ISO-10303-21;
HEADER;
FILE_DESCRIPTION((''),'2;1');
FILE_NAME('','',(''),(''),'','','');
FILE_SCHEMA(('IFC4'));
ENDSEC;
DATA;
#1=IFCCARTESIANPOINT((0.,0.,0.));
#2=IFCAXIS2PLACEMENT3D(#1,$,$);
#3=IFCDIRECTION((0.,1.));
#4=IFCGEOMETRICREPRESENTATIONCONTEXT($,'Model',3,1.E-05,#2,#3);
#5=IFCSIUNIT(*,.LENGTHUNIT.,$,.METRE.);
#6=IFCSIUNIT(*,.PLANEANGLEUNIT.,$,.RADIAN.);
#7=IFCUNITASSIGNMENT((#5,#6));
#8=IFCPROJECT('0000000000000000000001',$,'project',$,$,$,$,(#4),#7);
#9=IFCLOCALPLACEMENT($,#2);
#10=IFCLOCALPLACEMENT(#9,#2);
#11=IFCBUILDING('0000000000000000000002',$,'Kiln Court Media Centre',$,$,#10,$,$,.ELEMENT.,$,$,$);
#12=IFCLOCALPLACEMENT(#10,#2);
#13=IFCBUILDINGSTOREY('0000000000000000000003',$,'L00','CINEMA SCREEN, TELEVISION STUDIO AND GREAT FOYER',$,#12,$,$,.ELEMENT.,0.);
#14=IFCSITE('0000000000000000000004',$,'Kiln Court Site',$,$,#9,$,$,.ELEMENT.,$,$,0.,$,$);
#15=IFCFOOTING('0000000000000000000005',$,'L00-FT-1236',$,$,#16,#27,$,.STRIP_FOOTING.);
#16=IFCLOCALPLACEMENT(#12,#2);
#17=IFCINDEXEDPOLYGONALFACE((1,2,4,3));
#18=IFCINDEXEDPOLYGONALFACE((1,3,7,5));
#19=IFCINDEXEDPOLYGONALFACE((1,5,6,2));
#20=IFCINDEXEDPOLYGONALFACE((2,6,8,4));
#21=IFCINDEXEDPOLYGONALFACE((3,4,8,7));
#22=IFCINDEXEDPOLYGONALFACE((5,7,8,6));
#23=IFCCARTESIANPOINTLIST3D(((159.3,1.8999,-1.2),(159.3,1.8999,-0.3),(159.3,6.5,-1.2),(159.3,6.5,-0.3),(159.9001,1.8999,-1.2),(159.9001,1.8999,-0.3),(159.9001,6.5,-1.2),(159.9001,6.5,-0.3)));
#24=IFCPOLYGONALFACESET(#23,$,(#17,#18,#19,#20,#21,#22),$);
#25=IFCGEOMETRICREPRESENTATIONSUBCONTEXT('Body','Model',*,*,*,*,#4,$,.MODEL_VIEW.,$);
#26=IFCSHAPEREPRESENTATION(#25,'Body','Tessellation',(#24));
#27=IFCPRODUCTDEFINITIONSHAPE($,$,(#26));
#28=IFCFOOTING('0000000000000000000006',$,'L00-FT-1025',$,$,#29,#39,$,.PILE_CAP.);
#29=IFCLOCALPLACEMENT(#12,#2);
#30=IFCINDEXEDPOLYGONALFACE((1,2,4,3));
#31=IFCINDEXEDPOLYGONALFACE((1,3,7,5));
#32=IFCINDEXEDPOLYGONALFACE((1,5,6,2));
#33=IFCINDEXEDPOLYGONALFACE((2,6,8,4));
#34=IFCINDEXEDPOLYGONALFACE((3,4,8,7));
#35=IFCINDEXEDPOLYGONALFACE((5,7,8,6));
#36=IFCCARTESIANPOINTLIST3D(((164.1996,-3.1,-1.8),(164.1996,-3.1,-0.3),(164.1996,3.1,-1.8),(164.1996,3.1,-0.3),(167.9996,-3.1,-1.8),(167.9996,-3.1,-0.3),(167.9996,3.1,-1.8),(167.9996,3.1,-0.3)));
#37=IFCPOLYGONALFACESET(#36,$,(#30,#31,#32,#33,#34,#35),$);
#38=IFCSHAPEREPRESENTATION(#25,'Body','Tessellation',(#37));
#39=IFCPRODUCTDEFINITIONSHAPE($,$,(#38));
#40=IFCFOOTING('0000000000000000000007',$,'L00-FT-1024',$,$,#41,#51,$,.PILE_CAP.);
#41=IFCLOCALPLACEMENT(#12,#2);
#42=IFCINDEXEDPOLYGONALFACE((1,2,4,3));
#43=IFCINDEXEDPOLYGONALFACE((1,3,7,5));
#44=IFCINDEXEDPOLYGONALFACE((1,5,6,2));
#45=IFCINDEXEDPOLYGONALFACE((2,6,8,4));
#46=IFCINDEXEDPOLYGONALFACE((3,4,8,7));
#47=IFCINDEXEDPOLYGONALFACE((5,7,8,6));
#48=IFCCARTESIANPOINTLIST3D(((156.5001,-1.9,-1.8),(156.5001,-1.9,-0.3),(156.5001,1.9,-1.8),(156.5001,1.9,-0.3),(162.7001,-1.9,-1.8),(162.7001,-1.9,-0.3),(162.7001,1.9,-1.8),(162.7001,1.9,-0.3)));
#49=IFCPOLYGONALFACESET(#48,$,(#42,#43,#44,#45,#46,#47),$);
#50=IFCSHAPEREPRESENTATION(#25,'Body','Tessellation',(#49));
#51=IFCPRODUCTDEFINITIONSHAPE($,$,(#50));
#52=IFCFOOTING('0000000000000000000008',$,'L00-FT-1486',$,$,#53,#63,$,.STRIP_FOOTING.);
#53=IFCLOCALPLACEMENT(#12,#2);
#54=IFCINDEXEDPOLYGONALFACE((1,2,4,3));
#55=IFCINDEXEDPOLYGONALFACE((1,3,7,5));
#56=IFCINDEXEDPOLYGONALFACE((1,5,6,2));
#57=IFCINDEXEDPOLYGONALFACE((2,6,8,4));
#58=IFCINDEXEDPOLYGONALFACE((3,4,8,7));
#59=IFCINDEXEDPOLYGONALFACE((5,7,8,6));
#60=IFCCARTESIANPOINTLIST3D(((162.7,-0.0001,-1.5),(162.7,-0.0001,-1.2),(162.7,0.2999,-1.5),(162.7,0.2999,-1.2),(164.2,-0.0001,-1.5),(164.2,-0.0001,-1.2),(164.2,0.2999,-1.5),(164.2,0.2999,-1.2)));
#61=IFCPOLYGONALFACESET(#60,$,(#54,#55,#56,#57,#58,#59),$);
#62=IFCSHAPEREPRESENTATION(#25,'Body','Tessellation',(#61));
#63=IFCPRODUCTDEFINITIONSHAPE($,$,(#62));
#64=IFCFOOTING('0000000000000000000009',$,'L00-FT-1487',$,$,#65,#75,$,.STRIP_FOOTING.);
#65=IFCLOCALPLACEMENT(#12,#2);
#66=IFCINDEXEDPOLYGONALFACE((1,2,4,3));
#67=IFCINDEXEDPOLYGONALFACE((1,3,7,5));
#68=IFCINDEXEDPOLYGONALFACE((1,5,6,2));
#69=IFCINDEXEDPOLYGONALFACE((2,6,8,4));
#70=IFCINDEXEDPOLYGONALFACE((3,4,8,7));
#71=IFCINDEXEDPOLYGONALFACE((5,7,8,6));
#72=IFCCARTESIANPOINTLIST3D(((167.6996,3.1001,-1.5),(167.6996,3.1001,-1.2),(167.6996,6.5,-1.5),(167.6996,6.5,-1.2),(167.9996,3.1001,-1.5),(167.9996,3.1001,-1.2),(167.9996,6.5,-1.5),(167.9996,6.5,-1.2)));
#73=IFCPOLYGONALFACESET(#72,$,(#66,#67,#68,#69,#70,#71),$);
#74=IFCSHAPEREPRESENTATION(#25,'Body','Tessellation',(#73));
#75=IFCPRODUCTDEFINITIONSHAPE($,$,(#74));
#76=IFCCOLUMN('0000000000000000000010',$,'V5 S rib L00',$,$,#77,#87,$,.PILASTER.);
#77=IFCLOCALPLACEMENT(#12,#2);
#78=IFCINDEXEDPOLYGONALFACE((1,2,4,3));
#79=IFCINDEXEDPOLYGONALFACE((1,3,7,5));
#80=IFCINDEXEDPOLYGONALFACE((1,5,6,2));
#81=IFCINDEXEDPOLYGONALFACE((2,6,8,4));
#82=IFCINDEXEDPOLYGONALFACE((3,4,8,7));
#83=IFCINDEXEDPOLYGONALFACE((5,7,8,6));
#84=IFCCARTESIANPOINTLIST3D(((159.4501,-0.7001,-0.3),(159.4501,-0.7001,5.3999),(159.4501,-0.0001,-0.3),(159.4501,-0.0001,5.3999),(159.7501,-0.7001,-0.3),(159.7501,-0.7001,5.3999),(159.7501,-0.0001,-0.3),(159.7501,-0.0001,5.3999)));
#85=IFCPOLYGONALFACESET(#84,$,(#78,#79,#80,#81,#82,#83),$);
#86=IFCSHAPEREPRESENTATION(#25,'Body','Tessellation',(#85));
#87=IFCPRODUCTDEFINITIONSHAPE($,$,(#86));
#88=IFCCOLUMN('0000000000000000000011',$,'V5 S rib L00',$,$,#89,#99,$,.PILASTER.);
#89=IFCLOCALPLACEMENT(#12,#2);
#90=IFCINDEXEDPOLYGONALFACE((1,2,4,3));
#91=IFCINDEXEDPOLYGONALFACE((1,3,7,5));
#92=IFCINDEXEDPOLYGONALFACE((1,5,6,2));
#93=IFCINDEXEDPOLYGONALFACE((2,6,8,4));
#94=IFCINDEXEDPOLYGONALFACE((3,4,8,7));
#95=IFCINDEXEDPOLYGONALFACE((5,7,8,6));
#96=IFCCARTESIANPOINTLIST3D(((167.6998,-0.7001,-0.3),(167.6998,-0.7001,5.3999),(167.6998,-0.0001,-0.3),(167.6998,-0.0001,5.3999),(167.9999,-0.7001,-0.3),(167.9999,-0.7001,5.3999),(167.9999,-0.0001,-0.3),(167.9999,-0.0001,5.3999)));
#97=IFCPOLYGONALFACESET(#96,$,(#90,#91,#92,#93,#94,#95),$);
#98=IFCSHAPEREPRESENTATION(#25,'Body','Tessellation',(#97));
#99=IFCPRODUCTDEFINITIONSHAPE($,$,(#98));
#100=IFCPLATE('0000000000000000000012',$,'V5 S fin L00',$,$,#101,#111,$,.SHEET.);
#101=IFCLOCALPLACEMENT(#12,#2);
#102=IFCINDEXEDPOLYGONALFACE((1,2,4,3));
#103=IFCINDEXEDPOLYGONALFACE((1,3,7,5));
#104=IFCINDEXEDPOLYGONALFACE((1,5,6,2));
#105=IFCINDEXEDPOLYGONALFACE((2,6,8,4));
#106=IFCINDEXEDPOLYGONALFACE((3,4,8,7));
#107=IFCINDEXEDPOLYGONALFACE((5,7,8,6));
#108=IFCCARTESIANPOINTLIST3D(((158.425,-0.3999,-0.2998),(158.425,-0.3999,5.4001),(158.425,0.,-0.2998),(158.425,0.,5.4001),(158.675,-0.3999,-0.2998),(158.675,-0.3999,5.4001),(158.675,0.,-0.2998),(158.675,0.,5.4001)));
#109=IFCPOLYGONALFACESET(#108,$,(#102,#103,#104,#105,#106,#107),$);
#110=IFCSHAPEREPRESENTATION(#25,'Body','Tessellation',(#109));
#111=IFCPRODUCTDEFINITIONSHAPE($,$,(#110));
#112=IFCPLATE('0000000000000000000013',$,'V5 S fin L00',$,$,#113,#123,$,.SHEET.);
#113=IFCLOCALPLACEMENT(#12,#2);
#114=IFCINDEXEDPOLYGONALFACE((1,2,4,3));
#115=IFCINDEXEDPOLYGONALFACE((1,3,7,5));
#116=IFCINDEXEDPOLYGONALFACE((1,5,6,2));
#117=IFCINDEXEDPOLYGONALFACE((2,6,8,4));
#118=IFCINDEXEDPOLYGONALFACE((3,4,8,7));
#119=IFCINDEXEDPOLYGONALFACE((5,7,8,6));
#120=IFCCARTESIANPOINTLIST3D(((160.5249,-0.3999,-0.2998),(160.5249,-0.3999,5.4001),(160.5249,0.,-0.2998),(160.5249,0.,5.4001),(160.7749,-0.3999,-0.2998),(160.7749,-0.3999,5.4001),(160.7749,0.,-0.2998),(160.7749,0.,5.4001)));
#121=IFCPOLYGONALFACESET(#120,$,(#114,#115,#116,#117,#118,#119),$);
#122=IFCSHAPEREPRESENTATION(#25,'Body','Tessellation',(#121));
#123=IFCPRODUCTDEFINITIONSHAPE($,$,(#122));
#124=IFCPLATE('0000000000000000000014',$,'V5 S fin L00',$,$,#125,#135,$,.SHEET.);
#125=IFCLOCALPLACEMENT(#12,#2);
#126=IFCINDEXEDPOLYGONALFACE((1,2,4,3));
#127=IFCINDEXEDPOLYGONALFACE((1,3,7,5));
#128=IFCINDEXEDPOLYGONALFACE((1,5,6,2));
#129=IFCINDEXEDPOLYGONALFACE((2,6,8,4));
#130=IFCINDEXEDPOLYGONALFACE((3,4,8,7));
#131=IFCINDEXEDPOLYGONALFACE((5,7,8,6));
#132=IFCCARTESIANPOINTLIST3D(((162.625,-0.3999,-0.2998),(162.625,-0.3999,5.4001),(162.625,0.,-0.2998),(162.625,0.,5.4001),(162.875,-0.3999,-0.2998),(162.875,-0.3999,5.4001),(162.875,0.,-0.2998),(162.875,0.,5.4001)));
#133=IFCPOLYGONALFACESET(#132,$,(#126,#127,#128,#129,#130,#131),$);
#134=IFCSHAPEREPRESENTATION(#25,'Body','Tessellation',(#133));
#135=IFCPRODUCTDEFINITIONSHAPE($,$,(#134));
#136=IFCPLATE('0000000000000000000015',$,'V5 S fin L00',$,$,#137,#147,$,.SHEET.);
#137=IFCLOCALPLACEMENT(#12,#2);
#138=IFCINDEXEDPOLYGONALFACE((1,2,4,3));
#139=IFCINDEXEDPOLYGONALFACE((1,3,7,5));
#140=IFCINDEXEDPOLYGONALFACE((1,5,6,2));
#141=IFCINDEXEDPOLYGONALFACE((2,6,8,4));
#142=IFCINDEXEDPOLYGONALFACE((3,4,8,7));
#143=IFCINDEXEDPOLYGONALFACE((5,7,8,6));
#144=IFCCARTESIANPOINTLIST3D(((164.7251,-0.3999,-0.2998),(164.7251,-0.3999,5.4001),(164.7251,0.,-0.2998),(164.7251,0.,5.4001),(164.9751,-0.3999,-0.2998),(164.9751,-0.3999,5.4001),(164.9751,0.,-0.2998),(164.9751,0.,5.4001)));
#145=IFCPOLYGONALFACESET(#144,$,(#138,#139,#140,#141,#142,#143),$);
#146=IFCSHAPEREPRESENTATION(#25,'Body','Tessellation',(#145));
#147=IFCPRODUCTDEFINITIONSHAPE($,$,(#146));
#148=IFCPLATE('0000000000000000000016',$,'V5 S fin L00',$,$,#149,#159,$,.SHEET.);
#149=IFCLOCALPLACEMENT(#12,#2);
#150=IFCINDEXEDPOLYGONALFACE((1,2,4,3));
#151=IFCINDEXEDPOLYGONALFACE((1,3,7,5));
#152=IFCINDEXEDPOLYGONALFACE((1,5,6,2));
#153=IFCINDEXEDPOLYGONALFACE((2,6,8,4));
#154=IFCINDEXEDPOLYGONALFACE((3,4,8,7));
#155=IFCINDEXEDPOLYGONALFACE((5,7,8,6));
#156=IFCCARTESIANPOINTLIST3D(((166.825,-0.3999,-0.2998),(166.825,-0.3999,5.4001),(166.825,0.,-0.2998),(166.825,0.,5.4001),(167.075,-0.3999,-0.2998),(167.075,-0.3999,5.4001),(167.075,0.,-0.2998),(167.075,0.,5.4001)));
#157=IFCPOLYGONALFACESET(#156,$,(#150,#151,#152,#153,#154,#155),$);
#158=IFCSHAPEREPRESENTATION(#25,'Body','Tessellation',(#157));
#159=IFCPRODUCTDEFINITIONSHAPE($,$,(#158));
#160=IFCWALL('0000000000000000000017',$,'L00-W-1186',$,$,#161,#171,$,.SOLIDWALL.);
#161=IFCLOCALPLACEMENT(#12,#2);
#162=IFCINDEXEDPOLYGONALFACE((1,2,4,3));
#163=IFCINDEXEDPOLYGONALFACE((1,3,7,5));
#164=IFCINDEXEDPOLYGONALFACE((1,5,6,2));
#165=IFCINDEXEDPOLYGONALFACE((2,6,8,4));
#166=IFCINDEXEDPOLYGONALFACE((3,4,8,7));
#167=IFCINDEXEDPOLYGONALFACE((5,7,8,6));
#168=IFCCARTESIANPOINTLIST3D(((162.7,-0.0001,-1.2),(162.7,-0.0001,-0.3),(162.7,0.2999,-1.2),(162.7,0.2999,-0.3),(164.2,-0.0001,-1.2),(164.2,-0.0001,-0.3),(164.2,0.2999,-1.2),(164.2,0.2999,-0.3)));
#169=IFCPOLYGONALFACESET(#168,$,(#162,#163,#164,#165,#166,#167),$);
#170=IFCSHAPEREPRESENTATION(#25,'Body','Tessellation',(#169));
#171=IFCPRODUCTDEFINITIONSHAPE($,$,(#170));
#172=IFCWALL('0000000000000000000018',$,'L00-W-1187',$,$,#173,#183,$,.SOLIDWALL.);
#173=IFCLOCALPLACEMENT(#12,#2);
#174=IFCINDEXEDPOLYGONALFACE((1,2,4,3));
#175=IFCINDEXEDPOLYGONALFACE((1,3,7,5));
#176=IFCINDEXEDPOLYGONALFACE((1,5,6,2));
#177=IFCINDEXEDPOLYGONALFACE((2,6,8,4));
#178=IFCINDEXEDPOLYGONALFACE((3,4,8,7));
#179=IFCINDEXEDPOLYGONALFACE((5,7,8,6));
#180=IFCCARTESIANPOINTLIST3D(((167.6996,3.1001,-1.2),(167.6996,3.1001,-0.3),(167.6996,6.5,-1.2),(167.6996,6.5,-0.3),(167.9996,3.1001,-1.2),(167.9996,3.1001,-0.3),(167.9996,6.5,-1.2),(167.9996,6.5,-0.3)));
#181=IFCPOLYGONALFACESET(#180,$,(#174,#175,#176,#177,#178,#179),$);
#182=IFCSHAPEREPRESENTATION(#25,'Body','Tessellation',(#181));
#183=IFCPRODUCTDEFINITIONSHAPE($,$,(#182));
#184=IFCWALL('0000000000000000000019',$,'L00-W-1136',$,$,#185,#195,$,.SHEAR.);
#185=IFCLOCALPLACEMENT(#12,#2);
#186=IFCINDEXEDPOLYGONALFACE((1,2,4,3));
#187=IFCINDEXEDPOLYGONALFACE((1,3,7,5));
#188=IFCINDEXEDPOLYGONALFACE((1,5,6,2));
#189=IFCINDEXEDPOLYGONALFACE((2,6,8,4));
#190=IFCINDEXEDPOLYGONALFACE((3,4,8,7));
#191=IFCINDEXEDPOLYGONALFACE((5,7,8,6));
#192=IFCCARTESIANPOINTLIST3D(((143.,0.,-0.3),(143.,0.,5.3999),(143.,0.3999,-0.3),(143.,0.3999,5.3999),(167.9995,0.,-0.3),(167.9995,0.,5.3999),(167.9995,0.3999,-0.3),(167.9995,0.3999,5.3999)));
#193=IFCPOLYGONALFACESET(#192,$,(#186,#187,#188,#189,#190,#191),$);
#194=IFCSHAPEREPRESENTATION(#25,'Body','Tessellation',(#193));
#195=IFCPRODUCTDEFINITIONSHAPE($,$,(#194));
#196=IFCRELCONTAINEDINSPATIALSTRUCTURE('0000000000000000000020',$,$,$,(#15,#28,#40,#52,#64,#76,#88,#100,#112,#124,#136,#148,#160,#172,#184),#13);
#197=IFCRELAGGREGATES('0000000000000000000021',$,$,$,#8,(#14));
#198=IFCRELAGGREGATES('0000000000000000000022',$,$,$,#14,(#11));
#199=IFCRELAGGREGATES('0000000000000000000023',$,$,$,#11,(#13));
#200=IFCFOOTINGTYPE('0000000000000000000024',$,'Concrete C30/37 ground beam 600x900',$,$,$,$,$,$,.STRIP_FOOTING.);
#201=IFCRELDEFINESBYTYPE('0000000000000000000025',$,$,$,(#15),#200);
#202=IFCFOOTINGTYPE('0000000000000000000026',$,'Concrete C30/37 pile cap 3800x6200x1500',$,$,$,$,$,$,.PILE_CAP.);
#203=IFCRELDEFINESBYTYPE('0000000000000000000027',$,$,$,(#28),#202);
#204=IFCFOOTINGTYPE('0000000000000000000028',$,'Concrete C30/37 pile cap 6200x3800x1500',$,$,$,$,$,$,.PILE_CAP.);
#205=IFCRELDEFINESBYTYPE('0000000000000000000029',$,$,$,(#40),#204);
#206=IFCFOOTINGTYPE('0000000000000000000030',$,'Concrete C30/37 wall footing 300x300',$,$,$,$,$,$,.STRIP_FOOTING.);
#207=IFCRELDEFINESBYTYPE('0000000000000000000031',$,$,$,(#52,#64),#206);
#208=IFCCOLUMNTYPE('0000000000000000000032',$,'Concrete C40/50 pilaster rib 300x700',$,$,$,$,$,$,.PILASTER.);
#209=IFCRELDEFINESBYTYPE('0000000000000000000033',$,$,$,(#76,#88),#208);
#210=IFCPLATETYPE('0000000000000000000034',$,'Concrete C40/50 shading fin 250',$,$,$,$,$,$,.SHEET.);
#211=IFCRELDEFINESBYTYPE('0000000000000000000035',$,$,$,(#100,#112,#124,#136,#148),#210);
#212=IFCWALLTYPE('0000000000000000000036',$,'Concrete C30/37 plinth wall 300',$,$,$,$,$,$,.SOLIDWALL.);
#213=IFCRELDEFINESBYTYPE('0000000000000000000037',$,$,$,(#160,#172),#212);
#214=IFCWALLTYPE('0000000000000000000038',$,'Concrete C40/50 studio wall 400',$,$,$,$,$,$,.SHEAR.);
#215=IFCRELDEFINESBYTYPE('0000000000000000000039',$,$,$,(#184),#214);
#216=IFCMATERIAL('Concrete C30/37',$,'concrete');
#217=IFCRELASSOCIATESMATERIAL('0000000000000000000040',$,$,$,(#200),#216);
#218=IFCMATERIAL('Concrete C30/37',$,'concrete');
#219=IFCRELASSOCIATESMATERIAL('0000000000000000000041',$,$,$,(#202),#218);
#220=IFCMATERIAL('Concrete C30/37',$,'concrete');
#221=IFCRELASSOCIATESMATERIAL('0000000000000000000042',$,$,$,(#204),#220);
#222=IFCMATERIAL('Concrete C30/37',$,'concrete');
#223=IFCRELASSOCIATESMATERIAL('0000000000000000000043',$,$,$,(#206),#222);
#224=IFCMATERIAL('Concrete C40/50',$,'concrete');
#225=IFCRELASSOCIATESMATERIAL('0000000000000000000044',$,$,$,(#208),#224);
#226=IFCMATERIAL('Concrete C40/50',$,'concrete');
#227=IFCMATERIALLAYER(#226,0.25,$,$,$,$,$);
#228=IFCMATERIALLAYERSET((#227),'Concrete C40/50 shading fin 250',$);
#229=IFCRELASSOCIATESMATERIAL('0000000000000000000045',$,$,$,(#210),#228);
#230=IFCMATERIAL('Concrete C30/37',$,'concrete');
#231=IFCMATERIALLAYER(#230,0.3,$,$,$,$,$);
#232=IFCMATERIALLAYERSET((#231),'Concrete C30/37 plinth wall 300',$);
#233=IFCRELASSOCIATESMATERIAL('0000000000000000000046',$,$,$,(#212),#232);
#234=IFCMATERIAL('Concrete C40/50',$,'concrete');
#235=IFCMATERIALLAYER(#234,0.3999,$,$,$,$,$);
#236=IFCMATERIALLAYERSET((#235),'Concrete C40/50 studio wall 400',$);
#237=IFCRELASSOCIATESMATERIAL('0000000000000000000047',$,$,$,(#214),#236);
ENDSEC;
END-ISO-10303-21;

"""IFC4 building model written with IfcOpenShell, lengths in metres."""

from ifc_helpers import new_model, si_unit, direction, frame, frame_2d, origin, origin_2d, place, context, subcontext, project, spatial, rectangle, extrude, material, layer, layer_set, material_profile, profile_set, type_object, element, save


model = new_model("IFC4")

# Units and contexts
model_context = context("Model", 3, precision=1e-05, world=origin(), true_north=direction((0.0, 1.0)))
body_context = subcontext(model_context, "Body", "Model", "MODEL_VIEW")
ifc_project = project(units=[si_unit("LENGTHUNIT", "METRE"), si_unit("PLANEANGLEUNIT", "RADIAN")], contexts=[model_context])

# Site, building, storey
site_placement = place(None, origin())
site = spatial("IfcSite", under=ifc_project, at=site_placement, Name="Kiln Court Site", CompositionType="ELEMENT", RefElevation=0.0)
building_placement = place(site_placement, origin())
building = spatial("IfcBuilding", under=site, at=building_placement, Name="Kiln Court Media Centre", CompositionType="ELEMENT")
storey_placement = place(building_placement, origin())
storey = spatial("IfcBuildingStorey", under=building, at=storey_placement, Name="L00", Description="CINEMA SCREEN, TELEVISION STUDIO AND GREAT FOYER", CompositionType="ELEMENT", Elevation=0.0)

# Footings
ifc_material_1 = material(Name="Concrete C30/37", Category="concrete")
footing_type_1 = type_object("IfcFootingType", Name="Concrete C30/37 ground beam 600x900", PredefinedType="STRIP_FOOTING", material=ifc_material_1)
footing_1_placement = place(storey_placement, frame((159.6001, 4.2, -1.2), z_axis=(0.0, 0.0, 1.0), x_axis=(1.0, 0.0, 0.0)))
element("IfcFooting", 1, at=footing_1_placement, inside=storey, type_object=footing_type_1, Name="L00-FT-1236", PredefinedType="STRIP_FOOTING", context=body_context, shape_type="SweptSolid", body=[
    extrude(rectangle(XDim=0.6001, YDim=4.6001, at=origin_2d()), origin(), (0.0, 0.0, 1.0), 0.8999),
])
ifc_material_2 = material(Name="Concrete C30/37", Category="concrete")
footing_type_2 = type_object("IfcFootingType", Name="Concrete C30/37 pile cap 3800x6200x1500", PredefinedType="PILE_CAP", material=ifc_material_2)
footing_2_placement = place(storey_placement, frame((166.0996, 0.0, -1.8), z_axis=(0.0, 0.0, 1.0), x_axis=(1.0, 0.0, 0.0)))
element("IfcFooting", 2, at=footing_2_placement, inside=storey, type_object=footing_type_2, Name="L00-FT-1025", PredefinedType="PILE_CAP", context=body_context, shape_type="SweptSolid", body=[
    extrude(rectangle(XDim=3.8, YDim=6.2, at=origin_2d()), origin(), (0.0, 0.0, 1.0), 1.5),
])
ifc_material_3 = material(Name="Concrete C30/37", Category="concrete")
footing_type_3 = type_object("IfcFootingType", Name="Concrete C30/37 pile cap 6200x3800x1500", PredefinedType="PILE_CAP", material=ifc_material_3)
footing_3_placement = place(storey_placement, frame((159.6001, 0.0, -1.8), z_axis=(0.0, 0.0, 1.0), x_axis=(1.0, 0.0, 0.0)))
element("IfcFooting", 3, at=footing_3_placement, inside=storey, type_object=footing_type_3, Name="L00-FT-1024", PredefinedType="PILE_CAP", context=body_context, shape_type="SweptSolid", body=[
    extrude(rectangle(XDim=6.2, YDim=3.8, at=origin_2d()), origin(), (0.0, 0.0, 1.0), 1.5),
])
ifc_material_4 = material(Name="Concrete C30/37", Category="concrete")
footing_type_4 = type_object("IfcFootingType", Name="Concrete C30/37 wall footing 300x300", PredefinedType="STRIP_FOOTING", material=ifc_material_4)
footing_4_placement = place(storey_placement, frame((163.45, 0.1499, -1.5), z_axis=(0.0, 0.0, 1.0), x_axis=(1.0, 0.0, 0.0)))
element("IfcFooting", 4, at=footing_4_placement, inside=storey, type_object=footing_type_4, Name="L00-FT-1486", PredefinedType="STRIP_FOOTING", context=body_context, shape_type="SweptSolid", body=[
    extrude(rectangle(XDim=1.5, YDim=0.3, at=origin_2d()), origin(), (0.0, 0.0, 1.0), 0.3),
])
footing_5_placement = place(storey_placement, frame((167.8496, 4.8, -1.5), z_axis=(0.0, 0.0, 1.0), x_axis=(1.0, 0.0, 0.0)))
element("IfcFooting", 5, at=footing_5_placement, inside=storey, type_object=footing_type_4, Name="L00-FT-1487", PredefinedType="STRIP_FOOTING", context=body_context, shape_type="SweptSolid", body=[
    extrude(rectangle(XDim=0.3, YDim=3.3999, at=origin_2d()), origin(), (0.0, 0.0, 1.0), 0.3),
])

# Columns
ifc_material_5 = material(Name="Concrete C40/50", Category="concrete")
ifc_material_profile_1 = material_profile(ifc_material_5, rectangle(XDim=0.3, YDim=0.7, at=origin_2d()), Name="RC 300x700")
ifc_profile_set_1 = profile_set([ifc_material_profile_1], Name="Concrete C40/50")
column_type = type_object("IfcColumnType", Name="Concrete C40/50 pilaster rib 300x700", PredefinedType="PILASTER", material=ifc_profile_set_1)
for number, where, z_axis, x_axis, name in (
    (6, (159.6001, -0.3501, -0.3), (0.0, 0.0, 1.0), (1.0, 0.0, 0.0), "V5 S rib L00"),
    (7, (167.8499, -0.3501, -0.3), (0.0, 0.0, 1.0), (1.0, 0.0, 0.0), "V5 S rib L00"),
):
    element("IfcColumn", number, at=place(storey_placement, frame(where, z_axis=z_axis, x_axis=x_axis)), inside=storey, type_object=column_type, Name=name, PredefinedType="PILASTER", context=body_context, shape_type="SweptSolid", body=[
        extrude(rectangle(XDim=0.3, YDim=0.7, at=origin_2d()), origin(), (0.0, 0.0, 1.0), 5.7),
    ])

# Plates
ifc_material_6 = material(Name="Concrete C40/50", Category="concrete")
ifc_layer_1 = layer(ifc_material_6, 0.25)
ifc_layer_set_1 = layer_set([ifc_layer_1], Name="Concrete C40/50 shading fin 250")
plate_type = type_object("IfcPlateType", Name="Concrete C40/50 shading fin 250", PredefinedType="SHEET", material=ifc_layer_set_1)
for number, where, z_axis, x_axis, name in (
    (8, (158.55, -0.2, -0.2998), (0.0, 0.0, 1.0), (1.0, 0.0, 0.0), "V5 S fin L00"),
    (9, (160.6499, -0.2, -0.2998), (0.0, 0.0, 1.0), (1.0, 0.0, 0.0), "V5 S fin L00"),
    (10, (162.75, -0.2, -0.2998), (0.0, 0.0, 1.0), (1.0, 0.0, 0.0), "V5 S fin L00"),
    (11, (164.8501, -0.2, -0.2998), (0.0, 0.0, 1.0), (1.0, 0.0, 0.0), "V5 S fin L00"),
    (12, (166.95, -0.2, -0.2998), (0.0, 0.0, 1.0), (1.0, 0.0, 0.0), "V5 S fin L00"),
):
    element("IfcPlate", number, at=place(storey_placement, frame(where, z_axis=z_axis, x_axis=x_axis)), inside=storey, type_object=plate_type, Name=name, PredefinedType="SHEET", context=body_context, shape_type="SweptSolid", body=[
        extrude(rectangle(XDim=0.25, YDim=0.3999, at=origin_2d()), origin(), (0.0, 0.0, 1.0), 5.7),
    ])

# Walls
ifc_material_7 = material(Name="Concrete C30/37", Category="concrete")
ifc_layer_2 = layer(ifc_material_7, 0.3)
ifc_layer_set_2 = layer_set([ifc_layer_2], Name="Concrete C30/37 plinth wall 300")
wall_type_1 = type_object("IfcWallType", Name="Concrete C30/37 plinth wall 300", PredefinedType="SOLIDWALL", material=ifc_layer_set_2)
wall_1_placement = place(storey_placement, frame((164.2, 0.1499, -1.2), z_axis=(0.0, 0.0, 1.0), x_axis=(-1.0, 0.0, 0.0)))
element("IfcWall", 13, at=wall_1_placement, inside=storey, type_object=wall_type_1, Name="L00-W-1186", PredefinedType="SOLIDWALL", context=body_context, shape_type="SweptSolid", body=[
    extrude(rectangle(XDim=1.5, YDim=0.3, at=frame_2d((0.75, 0.0))), origin(), (0.0, 0.0, 1.0), 0.8999),
])
wall_2_placement = place(storey_placement, frame((167.8496, 6.5, -1.2), z_axis=(0.0, 0.0, 1.0), x_axis=(0.0, -1.0, 0.0)))
element("IfcWall", 14, at=wall_2_placement, inside=storey, type_object=wall_type_1, Name="L00-W-1187", PredefinedType="SOLIDWALL", context=body_context, shape_type="SweptSolid", body=[
    extrude(rectangle(XDim=3.3999, YDim=0.3, at=frame_2d((1.7, 0.0))), origin(), (0.0, 0.0, 1.0), 0.8999),
])
ifc_material_8 = material(Name="Concrete C40/50", Category="concrete")
ifc_layer_3 = layer(ifc_material_8, 0.3999)
ifc_layer_set_3 = layer_set([ifc_layer_3], Name="Concrete C40/50 studio wall 400")
wall_type_2 = type_object("IfcWallType", Name="Concrete C40/50 studio wall 400", PredefinedType="SHEAR", material=ifc_layer_set_3)
wall_3_placement = place(storey_placement, frame((167.9995, 0.2, -0.3), z_axis=(0.0, 0.0, 1.0), x_axis=(-1.0, 0.0, 0.0)))
element("IfcWall", 15, at=wall_3_placement, inside=storey, type_object=wall_type_2, Name="L00-W-1136", PredefinedType="SHEAR", context=body_context, shape_type="SweptSolid", body=[
    extrude(rectangle(XDim=24.9995, YDim=0.3999, at=frame_2d((12.4998, 0.0))), origin(), (0.0, 0.0, 1.0), 5.7),
])

save(model, "model.ifc")
